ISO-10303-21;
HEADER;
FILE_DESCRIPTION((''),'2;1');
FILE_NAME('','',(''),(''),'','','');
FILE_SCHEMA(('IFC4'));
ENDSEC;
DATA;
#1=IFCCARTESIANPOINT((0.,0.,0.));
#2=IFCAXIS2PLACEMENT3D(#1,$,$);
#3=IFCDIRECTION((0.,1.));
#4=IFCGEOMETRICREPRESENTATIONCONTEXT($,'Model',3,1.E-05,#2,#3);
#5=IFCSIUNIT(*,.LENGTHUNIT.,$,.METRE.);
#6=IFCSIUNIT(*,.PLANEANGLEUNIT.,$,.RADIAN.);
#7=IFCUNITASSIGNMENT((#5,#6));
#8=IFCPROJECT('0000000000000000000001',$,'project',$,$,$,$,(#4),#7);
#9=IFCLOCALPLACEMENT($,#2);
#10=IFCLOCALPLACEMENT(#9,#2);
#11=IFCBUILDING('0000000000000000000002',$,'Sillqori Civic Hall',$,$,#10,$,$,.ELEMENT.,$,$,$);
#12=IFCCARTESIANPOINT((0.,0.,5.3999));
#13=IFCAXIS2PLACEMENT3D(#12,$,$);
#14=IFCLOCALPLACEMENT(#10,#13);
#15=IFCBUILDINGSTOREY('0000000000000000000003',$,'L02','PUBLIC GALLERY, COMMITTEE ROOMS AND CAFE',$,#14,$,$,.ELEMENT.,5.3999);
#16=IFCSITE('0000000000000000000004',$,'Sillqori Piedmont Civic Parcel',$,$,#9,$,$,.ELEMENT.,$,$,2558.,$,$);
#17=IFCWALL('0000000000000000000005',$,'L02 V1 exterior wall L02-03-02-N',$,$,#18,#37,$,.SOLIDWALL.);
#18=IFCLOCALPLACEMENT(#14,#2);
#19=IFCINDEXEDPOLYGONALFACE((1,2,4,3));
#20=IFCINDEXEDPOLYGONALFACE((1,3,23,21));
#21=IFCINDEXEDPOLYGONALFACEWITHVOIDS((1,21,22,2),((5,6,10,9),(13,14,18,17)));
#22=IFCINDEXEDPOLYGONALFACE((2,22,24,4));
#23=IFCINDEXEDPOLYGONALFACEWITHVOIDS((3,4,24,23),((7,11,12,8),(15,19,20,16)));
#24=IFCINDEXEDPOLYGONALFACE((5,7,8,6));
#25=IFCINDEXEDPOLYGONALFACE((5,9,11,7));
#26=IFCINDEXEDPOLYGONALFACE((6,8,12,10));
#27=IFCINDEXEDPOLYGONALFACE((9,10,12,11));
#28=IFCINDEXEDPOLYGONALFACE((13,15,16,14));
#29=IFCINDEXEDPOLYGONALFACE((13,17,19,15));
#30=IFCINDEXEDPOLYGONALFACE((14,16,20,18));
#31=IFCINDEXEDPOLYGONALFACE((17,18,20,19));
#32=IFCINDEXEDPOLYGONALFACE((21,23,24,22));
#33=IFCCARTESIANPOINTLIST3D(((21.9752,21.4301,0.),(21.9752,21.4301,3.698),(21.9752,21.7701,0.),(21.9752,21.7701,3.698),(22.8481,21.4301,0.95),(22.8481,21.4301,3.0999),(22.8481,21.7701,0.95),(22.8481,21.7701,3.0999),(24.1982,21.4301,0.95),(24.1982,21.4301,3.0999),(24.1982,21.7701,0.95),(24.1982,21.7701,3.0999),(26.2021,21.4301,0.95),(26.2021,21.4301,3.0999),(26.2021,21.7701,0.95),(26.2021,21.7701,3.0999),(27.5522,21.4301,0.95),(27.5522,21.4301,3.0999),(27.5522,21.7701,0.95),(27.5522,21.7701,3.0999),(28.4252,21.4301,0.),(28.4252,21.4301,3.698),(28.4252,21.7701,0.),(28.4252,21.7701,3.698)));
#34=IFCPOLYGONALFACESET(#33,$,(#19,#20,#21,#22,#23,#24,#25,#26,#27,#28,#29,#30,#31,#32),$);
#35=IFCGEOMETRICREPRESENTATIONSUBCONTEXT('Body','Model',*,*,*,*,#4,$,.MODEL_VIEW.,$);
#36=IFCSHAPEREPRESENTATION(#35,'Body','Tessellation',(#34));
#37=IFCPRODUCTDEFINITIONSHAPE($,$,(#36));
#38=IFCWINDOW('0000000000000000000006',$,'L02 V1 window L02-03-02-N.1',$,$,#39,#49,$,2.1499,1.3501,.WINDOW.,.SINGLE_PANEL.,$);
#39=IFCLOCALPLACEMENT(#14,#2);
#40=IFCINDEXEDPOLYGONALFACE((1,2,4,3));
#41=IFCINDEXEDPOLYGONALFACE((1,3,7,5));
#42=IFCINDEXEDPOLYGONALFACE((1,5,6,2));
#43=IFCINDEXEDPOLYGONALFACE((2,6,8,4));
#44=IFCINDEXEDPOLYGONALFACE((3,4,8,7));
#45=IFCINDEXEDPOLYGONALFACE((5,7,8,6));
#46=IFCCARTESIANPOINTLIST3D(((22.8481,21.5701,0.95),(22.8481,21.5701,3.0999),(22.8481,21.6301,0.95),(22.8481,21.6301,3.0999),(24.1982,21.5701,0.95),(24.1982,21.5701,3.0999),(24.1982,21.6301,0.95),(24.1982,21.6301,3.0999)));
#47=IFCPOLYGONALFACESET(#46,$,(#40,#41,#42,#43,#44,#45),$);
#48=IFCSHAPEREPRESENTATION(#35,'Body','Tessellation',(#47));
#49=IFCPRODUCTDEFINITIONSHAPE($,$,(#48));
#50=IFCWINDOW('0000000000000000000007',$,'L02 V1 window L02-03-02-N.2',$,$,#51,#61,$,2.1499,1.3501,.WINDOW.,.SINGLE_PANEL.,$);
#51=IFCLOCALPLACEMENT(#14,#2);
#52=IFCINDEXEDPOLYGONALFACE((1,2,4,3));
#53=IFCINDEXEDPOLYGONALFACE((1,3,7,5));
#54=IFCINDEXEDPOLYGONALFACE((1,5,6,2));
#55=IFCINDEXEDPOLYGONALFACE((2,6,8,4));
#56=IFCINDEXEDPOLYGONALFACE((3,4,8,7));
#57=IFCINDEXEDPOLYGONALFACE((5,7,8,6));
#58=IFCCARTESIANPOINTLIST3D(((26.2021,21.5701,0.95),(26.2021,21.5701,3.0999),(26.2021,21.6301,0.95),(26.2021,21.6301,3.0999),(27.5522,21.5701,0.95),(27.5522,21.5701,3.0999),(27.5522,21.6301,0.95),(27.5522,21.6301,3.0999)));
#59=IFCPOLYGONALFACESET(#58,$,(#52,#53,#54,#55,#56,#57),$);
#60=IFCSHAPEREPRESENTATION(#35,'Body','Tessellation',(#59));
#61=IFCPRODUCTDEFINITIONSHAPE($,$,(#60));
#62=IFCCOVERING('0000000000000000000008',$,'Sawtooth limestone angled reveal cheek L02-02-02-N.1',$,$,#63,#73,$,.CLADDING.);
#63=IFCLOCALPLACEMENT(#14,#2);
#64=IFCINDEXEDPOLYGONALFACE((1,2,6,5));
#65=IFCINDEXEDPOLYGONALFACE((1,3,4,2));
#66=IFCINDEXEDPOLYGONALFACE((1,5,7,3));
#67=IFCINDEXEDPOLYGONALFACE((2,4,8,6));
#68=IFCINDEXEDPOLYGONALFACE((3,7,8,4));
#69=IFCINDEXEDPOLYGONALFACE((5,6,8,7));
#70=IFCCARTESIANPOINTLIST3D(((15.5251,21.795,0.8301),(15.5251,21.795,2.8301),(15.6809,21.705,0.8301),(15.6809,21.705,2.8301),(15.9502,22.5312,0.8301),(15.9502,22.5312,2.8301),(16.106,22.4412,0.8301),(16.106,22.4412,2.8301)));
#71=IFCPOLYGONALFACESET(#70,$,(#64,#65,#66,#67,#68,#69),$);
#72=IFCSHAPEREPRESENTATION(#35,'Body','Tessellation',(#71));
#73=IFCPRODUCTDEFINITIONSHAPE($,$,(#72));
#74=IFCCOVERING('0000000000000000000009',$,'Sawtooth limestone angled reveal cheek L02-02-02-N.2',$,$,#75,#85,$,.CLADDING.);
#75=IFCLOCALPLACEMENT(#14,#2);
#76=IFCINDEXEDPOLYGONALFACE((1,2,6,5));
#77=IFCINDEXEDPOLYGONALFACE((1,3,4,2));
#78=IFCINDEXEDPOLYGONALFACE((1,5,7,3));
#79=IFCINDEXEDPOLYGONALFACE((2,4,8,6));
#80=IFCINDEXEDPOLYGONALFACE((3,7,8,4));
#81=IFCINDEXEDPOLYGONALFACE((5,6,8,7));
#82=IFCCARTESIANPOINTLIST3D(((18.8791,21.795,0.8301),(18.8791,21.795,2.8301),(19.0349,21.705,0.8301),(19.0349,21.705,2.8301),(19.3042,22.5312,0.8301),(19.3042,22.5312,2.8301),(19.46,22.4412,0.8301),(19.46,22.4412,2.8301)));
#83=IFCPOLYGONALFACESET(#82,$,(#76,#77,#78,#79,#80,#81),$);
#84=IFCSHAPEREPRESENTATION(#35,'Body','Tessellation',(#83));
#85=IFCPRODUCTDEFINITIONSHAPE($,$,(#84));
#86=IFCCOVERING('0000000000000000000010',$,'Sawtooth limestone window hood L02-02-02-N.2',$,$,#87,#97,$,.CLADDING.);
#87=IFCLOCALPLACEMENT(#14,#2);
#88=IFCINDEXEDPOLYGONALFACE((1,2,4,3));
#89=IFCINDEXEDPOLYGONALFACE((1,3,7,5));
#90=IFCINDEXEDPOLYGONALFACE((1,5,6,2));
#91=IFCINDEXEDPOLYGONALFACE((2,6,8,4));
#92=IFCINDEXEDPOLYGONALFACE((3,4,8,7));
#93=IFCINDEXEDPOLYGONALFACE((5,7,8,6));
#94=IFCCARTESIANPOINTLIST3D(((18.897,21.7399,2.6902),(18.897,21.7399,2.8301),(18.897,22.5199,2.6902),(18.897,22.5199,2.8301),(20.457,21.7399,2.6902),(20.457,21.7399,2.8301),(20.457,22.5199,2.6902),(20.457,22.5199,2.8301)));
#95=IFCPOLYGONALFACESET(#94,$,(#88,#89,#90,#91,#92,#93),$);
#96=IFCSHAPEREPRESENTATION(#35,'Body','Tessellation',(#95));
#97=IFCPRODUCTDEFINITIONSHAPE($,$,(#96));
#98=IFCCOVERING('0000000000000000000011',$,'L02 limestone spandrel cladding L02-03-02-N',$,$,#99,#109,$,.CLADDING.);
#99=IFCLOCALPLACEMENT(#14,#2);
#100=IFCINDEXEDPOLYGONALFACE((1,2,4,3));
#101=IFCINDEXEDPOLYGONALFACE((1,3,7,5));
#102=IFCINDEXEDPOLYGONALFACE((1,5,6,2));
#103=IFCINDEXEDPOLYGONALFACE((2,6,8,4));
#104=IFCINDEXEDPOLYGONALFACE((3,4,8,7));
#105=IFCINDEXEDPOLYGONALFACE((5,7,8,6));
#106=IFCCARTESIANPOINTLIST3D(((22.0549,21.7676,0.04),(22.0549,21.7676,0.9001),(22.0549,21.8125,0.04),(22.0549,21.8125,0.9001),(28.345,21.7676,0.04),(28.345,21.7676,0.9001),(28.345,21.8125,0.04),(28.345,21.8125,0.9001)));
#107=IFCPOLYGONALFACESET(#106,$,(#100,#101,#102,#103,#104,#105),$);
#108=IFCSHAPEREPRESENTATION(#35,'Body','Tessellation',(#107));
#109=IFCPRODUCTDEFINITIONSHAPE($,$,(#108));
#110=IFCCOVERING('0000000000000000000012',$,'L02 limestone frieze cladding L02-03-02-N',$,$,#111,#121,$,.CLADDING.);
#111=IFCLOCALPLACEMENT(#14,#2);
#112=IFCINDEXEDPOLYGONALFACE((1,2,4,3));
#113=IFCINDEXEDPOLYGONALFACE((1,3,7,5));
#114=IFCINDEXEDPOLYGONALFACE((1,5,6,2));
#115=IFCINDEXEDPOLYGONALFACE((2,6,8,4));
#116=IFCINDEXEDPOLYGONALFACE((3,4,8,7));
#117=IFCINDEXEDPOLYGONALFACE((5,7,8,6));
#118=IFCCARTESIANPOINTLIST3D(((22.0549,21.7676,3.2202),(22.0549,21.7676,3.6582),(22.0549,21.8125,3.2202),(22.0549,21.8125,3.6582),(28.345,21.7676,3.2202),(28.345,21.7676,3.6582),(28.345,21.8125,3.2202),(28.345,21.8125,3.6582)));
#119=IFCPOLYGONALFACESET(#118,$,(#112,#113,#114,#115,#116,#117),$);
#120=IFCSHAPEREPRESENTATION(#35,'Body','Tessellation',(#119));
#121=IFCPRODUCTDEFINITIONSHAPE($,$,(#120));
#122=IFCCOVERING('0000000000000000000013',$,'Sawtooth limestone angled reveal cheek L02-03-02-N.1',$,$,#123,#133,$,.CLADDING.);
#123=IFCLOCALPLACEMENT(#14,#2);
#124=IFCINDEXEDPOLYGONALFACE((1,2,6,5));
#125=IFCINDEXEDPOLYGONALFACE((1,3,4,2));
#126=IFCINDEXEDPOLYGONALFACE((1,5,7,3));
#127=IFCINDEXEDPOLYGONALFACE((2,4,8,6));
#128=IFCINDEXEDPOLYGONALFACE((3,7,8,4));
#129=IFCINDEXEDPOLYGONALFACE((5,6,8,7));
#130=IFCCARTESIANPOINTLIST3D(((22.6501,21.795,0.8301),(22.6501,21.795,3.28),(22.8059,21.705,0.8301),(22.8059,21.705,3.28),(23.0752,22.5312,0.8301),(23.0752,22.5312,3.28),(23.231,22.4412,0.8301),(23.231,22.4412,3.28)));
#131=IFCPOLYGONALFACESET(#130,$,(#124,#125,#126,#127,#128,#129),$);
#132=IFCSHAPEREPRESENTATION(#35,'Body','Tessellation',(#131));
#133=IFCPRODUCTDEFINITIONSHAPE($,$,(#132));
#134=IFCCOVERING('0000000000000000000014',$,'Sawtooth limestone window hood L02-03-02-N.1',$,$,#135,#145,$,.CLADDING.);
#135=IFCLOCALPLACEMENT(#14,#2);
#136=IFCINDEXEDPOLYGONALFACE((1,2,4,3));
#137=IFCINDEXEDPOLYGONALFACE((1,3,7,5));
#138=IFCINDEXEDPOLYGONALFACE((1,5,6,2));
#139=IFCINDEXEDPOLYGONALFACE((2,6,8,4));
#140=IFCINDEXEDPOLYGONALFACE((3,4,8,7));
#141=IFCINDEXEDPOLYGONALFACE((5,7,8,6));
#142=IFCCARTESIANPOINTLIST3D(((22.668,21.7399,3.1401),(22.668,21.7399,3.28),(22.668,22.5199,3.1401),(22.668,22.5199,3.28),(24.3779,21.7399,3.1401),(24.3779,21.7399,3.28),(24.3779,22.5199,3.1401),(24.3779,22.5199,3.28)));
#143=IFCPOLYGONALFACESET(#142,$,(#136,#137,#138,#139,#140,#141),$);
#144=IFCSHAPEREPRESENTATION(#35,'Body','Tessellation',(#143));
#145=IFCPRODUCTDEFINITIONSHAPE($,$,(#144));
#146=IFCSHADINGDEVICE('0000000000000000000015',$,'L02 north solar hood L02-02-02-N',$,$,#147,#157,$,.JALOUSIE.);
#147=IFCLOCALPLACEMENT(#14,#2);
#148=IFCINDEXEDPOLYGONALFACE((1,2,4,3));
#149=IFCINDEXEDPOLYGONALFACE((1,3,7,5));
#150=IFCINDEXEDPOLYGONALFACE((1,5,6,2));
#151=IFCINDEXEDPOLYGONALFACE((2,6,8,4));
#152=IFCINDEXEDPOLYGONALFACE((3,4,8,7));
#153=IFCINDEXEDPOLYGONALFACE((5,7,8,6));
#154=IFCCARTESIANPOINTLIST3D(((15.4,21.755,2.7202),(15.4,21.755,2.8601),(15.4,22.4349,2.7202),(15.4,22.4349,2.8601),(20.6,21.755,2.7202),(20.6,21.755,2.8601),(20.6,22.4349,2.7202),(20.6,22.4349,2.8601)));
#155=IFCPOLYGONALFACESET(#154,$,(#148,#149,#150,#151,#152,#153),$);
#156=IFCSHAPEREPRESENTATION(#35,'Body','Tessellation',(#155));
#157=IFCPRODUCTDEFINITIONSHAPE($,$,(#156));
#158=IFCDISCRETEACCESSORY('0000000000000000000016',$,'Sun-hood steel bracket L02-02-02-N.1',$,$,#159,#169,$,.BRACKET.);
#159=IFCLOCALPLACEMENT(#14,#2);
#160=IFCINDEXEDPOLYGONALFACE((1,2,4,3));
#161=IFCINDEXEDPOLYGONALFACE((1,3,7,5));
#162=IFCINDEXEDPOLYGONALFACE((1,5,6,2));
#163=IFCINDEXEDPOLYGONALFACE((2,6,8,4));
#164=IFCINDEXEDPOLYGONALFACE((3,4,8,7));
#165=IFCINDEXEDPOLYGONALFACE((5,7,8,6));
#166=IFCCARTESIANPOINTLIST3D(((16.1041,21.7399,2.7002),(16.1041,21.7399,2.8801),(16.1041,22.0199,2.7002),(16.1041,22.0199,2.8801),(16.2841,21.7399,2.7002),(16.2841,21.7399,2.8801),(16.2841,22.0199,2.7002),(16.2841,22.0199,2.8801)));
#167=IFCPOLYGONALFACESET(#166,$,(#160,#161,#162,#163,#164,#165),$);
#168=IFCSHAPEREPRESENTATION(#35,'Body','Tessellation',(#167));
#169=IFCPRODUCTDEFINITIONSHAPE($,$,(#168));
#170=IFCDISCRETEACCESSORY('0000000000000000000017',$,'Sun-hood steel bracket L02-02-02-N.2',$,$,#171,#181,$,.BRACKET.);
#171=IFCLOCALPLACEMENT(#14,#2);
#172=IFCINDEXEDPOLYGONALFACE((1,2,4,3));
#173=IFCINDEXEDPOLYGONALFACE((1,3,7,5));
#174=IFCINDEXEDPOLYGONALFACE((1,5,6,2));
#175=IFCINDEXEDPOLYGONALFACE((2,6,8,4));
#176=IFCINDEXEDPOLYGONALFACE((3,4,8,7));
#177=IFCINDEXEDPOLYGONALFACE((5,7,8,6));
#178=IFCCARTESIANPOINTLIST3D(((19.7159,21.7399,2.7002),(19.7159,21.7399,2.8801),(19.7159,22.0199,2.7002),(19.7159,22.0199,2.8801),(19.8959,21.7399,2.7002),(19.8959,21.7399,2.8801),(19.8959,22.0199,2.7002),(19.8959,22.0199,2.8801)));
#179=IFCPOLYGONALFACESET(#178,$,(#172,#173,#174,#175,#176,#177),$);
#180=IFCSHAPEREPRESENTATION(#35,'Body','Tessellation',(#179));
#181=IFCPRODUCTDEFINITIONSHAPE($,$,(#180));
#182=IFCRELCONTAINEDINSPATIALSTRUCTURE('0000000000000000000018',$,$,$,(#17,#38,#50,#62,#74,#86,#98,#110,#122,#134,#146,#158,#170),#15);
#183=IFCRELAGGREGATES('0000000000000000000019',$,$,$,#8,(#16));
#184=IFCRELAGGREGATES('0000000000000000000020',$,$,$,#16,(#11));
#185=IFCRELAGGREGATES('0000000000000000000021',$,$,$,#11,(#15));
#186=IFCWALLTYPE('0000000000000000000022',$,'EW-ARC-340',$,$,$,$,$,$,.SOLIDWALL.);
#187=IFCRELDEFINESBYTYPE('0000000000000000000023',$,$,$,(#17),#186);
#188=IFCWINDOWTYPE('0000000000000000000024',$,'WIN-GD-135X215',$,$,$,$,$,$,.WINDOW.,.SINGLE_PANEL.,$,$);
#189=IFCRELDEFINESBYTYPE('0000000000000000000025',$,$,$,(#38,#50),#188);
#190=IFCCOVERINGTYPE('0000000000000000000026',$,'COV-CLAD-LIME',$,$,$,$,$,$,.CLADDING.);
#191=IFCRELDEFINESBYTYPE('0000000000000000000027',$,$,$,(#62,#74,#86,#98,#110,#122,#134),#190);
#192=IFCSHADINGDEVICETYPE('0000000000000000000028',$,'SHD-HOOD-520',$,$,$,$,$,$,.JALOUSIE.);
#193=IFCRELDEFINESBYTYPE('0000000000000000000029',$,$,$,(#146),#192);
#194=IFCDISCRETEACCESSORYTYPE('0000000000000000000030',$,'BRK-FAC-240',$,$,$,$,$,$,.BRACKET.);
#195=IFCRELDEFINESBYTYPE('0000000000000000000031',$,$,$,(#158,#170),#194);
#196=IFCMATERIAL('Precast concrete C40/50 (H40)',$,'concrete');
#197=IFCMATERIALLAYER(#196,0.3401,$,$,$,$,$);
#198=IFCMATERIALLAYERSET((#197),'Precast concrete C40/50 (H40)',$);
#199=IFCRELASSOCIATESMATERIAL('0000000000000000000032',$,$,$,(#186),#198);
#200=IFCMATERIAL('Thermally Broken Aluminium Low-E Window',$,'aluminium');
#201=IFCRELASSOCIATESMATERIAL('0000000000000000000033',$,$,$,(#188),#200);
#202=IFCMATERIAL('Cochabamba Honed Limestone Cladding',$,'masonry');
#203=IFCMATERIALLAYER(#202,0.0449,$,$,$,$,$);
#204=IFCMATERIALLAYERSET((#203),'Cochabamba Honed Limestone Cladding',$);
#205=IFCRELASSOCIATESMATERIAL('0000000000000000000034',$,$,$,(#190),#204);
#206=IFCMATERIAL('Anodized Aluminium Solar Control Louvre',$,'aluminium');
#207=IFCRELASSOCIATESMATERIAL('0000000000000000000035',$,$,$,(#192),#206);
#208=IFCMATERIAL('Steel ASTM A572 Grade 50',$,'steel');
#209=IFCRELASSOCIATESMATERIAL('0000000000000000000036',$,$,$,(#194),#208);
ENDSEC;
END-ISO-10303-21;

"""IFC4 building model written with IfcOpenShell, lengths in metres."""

from ifc_helpers import new_model, si_unit, direction, frame, frame_2d, origin, origin_2d, place, context, subcontext, project, spatial, rectangle, extrude, material, layer, layer_set, type_object, element, fill, save


model = new_model("IFC4")

# Units and contexts
model_context = context("Model", 3, precision=1e-05, world=origin(), true_north=direction((0.0, 1.0)))
body_context = subcontext(model_context, "Body", "Model", "MODEL_VIEW")
ifc_project = project(units=[si_unit("LENGTHUNIT", "METRE"), si_unit("PLANEANGLEUNIT", "RADIAN")], contexts=[model_context])

# Site, building, storey
site_placement = place(None, origin())
site = spatial("IfcSite", under=ifc_project, at=site_placement, Name="Sillqori Piedmont Civic Parcel", CompositionType="ELEMENT", RefElevation=2558.0)
building_placement = place(site_placement, origin())
building = spatial("IfcBuilding", under=site, at=building_placement, Name="Sillqori Civic Hall", CompositionType="ELEMENT")
storey_placement = place(building_placement, frame((0.0, 0.0, 5.3999)))
storey = spatial("IfcBuildingStorey", under=building, at=storey_placement, Name="L02", Description="PUBLIC GALLERY, COMMITTEE ROOMS AND CAFE", CompositionType="ELEMENT", Elevation=5.3999)

# Shared definitions
ifc_material_1 = material(Name="Precast concrete C40/50 (H40)", Category="concrete")

# Wall, openings, windows
ifc_layer_1 = layer(ifc_material_1, 0.3401)
ifc_layer_set_1 = layer_set([ifc_layer_1], Name="Precast concrete C40/50 (H40)")
wall_type = type_object("IfcWallType", Name="EW-ARC-340", PredefinedType="SOLIDWALL", material=ifc_layer_set_1)
wall_placement = place(storey_placement, frame((21.9751, 21.6001, 0.0), z_axis=(0.0, 0.0, 1.0), x_axis=(1.0, 0.0, 0.0)))
wall = element("IfcWall", 1, at=wall_placement, inside=storey, type_object=wall_type, Name="L02 V1 exterior wall L02-03-02-N", PredefinedType="SOLIDWALL", context=body_context, shape_type="SweptSolid", body=[
    extrude(rectangle(XDim=6.45, YDim=0.3401, at=frame_2d((3.2251, 0.0))), origin(), (0.0, 0.0, 1.0), 3.698),
])
opening_1_placement = place(wall_placement, frame((0.873, 0.0, 0.95)))
opening_1 = element("IfcOpeningElement", 2, at=opening_1_placement, cuts=wall, PredefinedType="OPENING", context=body_context, shape_type="SweptSolid", body=[
    extrude(rectangle(XDim=1.3501, YDim=2.1499, at=frame_2d((0.675, 1.075))), frame((0.0, 0.1799, 0.0), z_axis=(0.0, -1.0, 0.0), x_axis=(1.0, 0.0, 0.0)), (0.0, 0.0, 1.0), 0.3601),
])
opening_2_placement = place(wall_placement, frame((4.2271, 0.0, 0.95)))
opening_2 = element("IfcOpeningElement", 3, at=opening_2_placement, cuts=wall, PredefinedType="OPENING", context=body_context, shape_type="SweptSolid", body=[
    extrude(rectangle(XDim=1.3501, YDim=2.1499, at=frame_2d((0.675, 1.075))), frame((0.0, 0.1799, 0.0), z_axis=(0.0, -1.0, 0.0), x_axis=(1.0, 0.0, 0.0)), (0.0, 0.0, 1.0), 0.3601),
])
ifc_material_2 = material(Name="Thermally Broken Aluminium Low-E Window", Category="aluminium")
window_type = type_object("IfcWindowType", Name="WIN-GD-135X215", PartitioningType="SINGLE_PANEL", PredefinedType="WINDOW", material=ifc_material_2)
window_1_placement = place(opening_1_placement, origin())
window_1 = element("IfcWindow", 4, at=window_1_placement, inside=storey, type_object=window_type, Name="L02 V1 window L02-03-02-N.1", OverallHeight=2.1499, OverallWidth=1.3501, PartitioningType="SINGLE_PANEL", PredefinedType="WINDOW", context=body_context, shape_type="SweptSolid", body=[
    extrude(rectangle(XDim=1.3501, YDim=2.1499, at=frame_2d((0.675, 1.075))), frame((0.0, 0.03, 0.0), z_axis=(0.0, -1.0, 0.0), x_axis=(1.0, 0.0, 0.0)), (0.0, 0.0, 1.0), 0.0601),
])
fill(opening_1, window_1)
window_2_placement = place(opening_2_placement, origin())
window_2 = element("IfcWindow", 5, at=window_2_placement, inside=storey, type_object=window_type, Name="L02 V1 window L02-03-02-N.2", OverallHeight=2.1499, OverallWidth=1.3501, PartitioningType="SINGLE_PANEL", PredefinedType="WINDOW", context=body_context, shape_type="SweptSolid", body=[
    extrude(rectangle(XDim=1.3501, YDim=2.1499, at=frame_2d((0.675, 1.075))), frame((0.0, 0.03, 0.0), z_axis=(0.0, -1.0, 0.0), x_axis=(1.0, 0.0, 0.0)), (0.0, 0.0, 1.0), 0.0601),
])
fill(opening_2, window_2)

# Coverings
ifc_material_3 = material(Name="Cochabamba Honed Limestone Cladding", Category="masonry")
ifc_layer_2 = layer(ifc_material_3, 0.0449)
ifc_layer_set_2 = layer_set([ifc_layer_2], Name="Cochabamba Honed Limestone Cladding")
covering_type = type_object("IfcCoveringType", Name="COV-CLAD-LIME", PredefinedType="CLADDING", material=ifc_layer_set_2)
for number, where, z_axis, x_axis, name in (
    (6, (15.603, 21.75, 0.8301), (0.0, 0.0, 1.0), (0.500062, 0.865989, 0.0), "Sawtooth limestone angled reveal cheek L02-02-02-N.1"),
    (7, (18.957, 21.75, 0.8301), (0.0, 0.0, 1.0), (0.500062, 0.865989, 0.0), "Sawtooth limestone angled reveal cheek L02-02-02-N.2"),
):
    element("IfcCovering", number, at=place(storey_placement, frame(where, z_axis=z_axis, x_axis=x_axis)), inside=storey, type_object=covering_type, Name=name, PredefinedType="CLADDING", context=body_context, shape_type="SweptSolid", body=[
        extrude(rectangle(XDim=0.8501, YDim=0.1799, at=frame_2d((0.425, 0.0))), origin(), (0.0, 0.0, 1.0), 2.0),
    ])
covering_1_placement = place(storey_placement, frame((18.897, 22.1299, 2.6902), z_axis=(0.0, 0.0, 1.0), x_axis=(1.0, 0.0, 0.0)))
element("IfcCovering", 8, at=covering_1_placement, inside=storey, type_object=covering_type, Name="Sawtooth limestone window hood L02-02-02-N.2", PredefinedType="CLADDING", context=body_context, shape_type="SweptSolid", body=[
    extrude(rectangle(XDim=1.5601, YDim=0.78, at=frame_2d((0.78, 0.0))), origin(), (0.0, 0.0, 1.0), 0.1399),
])
covering_2_placement = place(storey_placement, frame((22.0549, 21.79, 0.04), z_axis=(0.0, 0.0, 1.0), x_axis=(1.0, 0.0, 0.0)))
element("IfcCovering", 9, at=covering_2_placement, inside=storey, type_object=covering_type, Name="L02 limestone spandrel cladding L02-03-02-N", PredefinedType="CLADDING", context=body_context, shape_type="SweptSolid", body=[
    extrude(rectangle(XDim=6.29, YDim=0.0449, at=frame_2d((3.145, 0.0))), origin(), (0.0, 0.0, 1.0), 0.8601),
])
covering_3_placement = place(storey_placement, frame((22.0549, 21.79, 3.2202), z_axis=(0.0, 0.0, 1.0), x_axis=(1.0, 0.0, 0.0)))
element("IfcCovering", 10, at=covering_3_placement, inside=storey, type_object=covering_type, Name="L02 limestone frieze cladding L02-03-02-N", PredefinedType="CLADDING", context=body_context, shape_type="SweptSolid", body=[
    extrude(rectangle(XDim=6.29, YDim=0.0449, at=frame_2d((3.145, 0.0))), origin(), (0.0, 0.0, 1.0), 0.438),
])
covering_4_placement = place(storey_placement, frame((22.728, 21.75, 0.8301), z_axis=(0.0, 0.0, 1.0), x_axis=(0.500062, 0.865989, 0.0)))
element("IfcCovering", 11, at=covering_4_placement, inside=storey, type_object=covering_type, Name="Sawtooth limestone angled reveal cheek L02-03-02-N.1", PredefinedType="CLADDING", context=body_context, shape_type="SweptSolid", body=[
    extrude(rectangle(XDim=0.8501, YDim=0.1799, at=frame_2d((0.425, 0.0))), origin(), (0.0, 0.0, 1.0), 2.45),
])
covering_5_placement = place(storey_placement, frame((22.668, 22.1299, 3.1401), z_axis=(0.0, 0.0, 1.0), x_axis=(1.0, 0.0, 0.0)))
element("IfcCovering", 12, at=covering_5_placement, inside=storey, type_object=covering_type, Name="Sawtooth limestone window hood L02-03-02-N.1", PredefinedType="CLADDING", context=body_context, shape_type="SweptSolid", body=[
    extrude(rectangle(XDim=1.71, YDim=0.78, at=frame_2d((0.855, 0.0))), origin(), (0.0, 0.0, 1.0), 0.1399),
])

# Shading device
ifc_material_4 = material(Name="Anodized Aluminium Solar Control Louvre", Category="aluminium")
shading_device_type = type_object("IfcShadingDeviceType", Name="SHD-HOOD-520", PredefinedType="JALOUSIE", material=ifc_material_4)
shading_device_placement = place(storey_placement, frame((18.0, 22.095, 2.7202), z_axis=(0.0, 0.0, 1.0), x_axis=(1.0, 0.0, 0.0)))
element("IfcShadingDevice", 13, at=shading_device_placement, inside=storey, type_object=shading_device_type, Name="L02 north solar hood L02-02-02-N", PredefinedType="JALOUSIE", context=body_context, shape_type="SweptSolid", body=[
    extrude(rectangle(XDim=5.2, YDim=0.6799, at=origin_2d()), origin(), (0.0, 0.0, 1.0), 0.1399),
])

# Discrete accessories
ifc_material_5 = material(Name="Steel ASTM A572 Grade 50", Category="steel")
discrete_accessory_type = type_object("IfcDiscreteAccessoryType", Name="BRK-FAC-240", PredefinedType="BRACKET", material=ifc_material_5)
for number, where, z_axis, x_axis, name in (
    (14, (16.1941, 21.8799, 2.7002), (0.0, 0.0, 1.0), (1.0, 0.0, 0.0), "Sun-hood steel bracket L02-02-02-N.1"),
    (15, (19.8059, 21.8799, 2.7002), (0.0, 0.0, 1.0), (1.0, 0.0, 0.0), "Sun-hood steel bracket L02-02-02-N.2"),
):
    element("IfcDiscreteAccessory", number, at=place(storey_placement, frame(where, z_axis=z_axis, x_axis=x_axis)), inside=storey, type_object=discrete_accessory_type, Name=name, PredefinedType="BRACKET", context=body_context, shape_type="SweptSolid", body=[
        extrude(rectangle(XDim=0.1799, YDim=0.28, at=origin_2d()), origin(), (0.0, 0.0, 1.0), 0.1799),
    ])

save(model, "model.ifc")
